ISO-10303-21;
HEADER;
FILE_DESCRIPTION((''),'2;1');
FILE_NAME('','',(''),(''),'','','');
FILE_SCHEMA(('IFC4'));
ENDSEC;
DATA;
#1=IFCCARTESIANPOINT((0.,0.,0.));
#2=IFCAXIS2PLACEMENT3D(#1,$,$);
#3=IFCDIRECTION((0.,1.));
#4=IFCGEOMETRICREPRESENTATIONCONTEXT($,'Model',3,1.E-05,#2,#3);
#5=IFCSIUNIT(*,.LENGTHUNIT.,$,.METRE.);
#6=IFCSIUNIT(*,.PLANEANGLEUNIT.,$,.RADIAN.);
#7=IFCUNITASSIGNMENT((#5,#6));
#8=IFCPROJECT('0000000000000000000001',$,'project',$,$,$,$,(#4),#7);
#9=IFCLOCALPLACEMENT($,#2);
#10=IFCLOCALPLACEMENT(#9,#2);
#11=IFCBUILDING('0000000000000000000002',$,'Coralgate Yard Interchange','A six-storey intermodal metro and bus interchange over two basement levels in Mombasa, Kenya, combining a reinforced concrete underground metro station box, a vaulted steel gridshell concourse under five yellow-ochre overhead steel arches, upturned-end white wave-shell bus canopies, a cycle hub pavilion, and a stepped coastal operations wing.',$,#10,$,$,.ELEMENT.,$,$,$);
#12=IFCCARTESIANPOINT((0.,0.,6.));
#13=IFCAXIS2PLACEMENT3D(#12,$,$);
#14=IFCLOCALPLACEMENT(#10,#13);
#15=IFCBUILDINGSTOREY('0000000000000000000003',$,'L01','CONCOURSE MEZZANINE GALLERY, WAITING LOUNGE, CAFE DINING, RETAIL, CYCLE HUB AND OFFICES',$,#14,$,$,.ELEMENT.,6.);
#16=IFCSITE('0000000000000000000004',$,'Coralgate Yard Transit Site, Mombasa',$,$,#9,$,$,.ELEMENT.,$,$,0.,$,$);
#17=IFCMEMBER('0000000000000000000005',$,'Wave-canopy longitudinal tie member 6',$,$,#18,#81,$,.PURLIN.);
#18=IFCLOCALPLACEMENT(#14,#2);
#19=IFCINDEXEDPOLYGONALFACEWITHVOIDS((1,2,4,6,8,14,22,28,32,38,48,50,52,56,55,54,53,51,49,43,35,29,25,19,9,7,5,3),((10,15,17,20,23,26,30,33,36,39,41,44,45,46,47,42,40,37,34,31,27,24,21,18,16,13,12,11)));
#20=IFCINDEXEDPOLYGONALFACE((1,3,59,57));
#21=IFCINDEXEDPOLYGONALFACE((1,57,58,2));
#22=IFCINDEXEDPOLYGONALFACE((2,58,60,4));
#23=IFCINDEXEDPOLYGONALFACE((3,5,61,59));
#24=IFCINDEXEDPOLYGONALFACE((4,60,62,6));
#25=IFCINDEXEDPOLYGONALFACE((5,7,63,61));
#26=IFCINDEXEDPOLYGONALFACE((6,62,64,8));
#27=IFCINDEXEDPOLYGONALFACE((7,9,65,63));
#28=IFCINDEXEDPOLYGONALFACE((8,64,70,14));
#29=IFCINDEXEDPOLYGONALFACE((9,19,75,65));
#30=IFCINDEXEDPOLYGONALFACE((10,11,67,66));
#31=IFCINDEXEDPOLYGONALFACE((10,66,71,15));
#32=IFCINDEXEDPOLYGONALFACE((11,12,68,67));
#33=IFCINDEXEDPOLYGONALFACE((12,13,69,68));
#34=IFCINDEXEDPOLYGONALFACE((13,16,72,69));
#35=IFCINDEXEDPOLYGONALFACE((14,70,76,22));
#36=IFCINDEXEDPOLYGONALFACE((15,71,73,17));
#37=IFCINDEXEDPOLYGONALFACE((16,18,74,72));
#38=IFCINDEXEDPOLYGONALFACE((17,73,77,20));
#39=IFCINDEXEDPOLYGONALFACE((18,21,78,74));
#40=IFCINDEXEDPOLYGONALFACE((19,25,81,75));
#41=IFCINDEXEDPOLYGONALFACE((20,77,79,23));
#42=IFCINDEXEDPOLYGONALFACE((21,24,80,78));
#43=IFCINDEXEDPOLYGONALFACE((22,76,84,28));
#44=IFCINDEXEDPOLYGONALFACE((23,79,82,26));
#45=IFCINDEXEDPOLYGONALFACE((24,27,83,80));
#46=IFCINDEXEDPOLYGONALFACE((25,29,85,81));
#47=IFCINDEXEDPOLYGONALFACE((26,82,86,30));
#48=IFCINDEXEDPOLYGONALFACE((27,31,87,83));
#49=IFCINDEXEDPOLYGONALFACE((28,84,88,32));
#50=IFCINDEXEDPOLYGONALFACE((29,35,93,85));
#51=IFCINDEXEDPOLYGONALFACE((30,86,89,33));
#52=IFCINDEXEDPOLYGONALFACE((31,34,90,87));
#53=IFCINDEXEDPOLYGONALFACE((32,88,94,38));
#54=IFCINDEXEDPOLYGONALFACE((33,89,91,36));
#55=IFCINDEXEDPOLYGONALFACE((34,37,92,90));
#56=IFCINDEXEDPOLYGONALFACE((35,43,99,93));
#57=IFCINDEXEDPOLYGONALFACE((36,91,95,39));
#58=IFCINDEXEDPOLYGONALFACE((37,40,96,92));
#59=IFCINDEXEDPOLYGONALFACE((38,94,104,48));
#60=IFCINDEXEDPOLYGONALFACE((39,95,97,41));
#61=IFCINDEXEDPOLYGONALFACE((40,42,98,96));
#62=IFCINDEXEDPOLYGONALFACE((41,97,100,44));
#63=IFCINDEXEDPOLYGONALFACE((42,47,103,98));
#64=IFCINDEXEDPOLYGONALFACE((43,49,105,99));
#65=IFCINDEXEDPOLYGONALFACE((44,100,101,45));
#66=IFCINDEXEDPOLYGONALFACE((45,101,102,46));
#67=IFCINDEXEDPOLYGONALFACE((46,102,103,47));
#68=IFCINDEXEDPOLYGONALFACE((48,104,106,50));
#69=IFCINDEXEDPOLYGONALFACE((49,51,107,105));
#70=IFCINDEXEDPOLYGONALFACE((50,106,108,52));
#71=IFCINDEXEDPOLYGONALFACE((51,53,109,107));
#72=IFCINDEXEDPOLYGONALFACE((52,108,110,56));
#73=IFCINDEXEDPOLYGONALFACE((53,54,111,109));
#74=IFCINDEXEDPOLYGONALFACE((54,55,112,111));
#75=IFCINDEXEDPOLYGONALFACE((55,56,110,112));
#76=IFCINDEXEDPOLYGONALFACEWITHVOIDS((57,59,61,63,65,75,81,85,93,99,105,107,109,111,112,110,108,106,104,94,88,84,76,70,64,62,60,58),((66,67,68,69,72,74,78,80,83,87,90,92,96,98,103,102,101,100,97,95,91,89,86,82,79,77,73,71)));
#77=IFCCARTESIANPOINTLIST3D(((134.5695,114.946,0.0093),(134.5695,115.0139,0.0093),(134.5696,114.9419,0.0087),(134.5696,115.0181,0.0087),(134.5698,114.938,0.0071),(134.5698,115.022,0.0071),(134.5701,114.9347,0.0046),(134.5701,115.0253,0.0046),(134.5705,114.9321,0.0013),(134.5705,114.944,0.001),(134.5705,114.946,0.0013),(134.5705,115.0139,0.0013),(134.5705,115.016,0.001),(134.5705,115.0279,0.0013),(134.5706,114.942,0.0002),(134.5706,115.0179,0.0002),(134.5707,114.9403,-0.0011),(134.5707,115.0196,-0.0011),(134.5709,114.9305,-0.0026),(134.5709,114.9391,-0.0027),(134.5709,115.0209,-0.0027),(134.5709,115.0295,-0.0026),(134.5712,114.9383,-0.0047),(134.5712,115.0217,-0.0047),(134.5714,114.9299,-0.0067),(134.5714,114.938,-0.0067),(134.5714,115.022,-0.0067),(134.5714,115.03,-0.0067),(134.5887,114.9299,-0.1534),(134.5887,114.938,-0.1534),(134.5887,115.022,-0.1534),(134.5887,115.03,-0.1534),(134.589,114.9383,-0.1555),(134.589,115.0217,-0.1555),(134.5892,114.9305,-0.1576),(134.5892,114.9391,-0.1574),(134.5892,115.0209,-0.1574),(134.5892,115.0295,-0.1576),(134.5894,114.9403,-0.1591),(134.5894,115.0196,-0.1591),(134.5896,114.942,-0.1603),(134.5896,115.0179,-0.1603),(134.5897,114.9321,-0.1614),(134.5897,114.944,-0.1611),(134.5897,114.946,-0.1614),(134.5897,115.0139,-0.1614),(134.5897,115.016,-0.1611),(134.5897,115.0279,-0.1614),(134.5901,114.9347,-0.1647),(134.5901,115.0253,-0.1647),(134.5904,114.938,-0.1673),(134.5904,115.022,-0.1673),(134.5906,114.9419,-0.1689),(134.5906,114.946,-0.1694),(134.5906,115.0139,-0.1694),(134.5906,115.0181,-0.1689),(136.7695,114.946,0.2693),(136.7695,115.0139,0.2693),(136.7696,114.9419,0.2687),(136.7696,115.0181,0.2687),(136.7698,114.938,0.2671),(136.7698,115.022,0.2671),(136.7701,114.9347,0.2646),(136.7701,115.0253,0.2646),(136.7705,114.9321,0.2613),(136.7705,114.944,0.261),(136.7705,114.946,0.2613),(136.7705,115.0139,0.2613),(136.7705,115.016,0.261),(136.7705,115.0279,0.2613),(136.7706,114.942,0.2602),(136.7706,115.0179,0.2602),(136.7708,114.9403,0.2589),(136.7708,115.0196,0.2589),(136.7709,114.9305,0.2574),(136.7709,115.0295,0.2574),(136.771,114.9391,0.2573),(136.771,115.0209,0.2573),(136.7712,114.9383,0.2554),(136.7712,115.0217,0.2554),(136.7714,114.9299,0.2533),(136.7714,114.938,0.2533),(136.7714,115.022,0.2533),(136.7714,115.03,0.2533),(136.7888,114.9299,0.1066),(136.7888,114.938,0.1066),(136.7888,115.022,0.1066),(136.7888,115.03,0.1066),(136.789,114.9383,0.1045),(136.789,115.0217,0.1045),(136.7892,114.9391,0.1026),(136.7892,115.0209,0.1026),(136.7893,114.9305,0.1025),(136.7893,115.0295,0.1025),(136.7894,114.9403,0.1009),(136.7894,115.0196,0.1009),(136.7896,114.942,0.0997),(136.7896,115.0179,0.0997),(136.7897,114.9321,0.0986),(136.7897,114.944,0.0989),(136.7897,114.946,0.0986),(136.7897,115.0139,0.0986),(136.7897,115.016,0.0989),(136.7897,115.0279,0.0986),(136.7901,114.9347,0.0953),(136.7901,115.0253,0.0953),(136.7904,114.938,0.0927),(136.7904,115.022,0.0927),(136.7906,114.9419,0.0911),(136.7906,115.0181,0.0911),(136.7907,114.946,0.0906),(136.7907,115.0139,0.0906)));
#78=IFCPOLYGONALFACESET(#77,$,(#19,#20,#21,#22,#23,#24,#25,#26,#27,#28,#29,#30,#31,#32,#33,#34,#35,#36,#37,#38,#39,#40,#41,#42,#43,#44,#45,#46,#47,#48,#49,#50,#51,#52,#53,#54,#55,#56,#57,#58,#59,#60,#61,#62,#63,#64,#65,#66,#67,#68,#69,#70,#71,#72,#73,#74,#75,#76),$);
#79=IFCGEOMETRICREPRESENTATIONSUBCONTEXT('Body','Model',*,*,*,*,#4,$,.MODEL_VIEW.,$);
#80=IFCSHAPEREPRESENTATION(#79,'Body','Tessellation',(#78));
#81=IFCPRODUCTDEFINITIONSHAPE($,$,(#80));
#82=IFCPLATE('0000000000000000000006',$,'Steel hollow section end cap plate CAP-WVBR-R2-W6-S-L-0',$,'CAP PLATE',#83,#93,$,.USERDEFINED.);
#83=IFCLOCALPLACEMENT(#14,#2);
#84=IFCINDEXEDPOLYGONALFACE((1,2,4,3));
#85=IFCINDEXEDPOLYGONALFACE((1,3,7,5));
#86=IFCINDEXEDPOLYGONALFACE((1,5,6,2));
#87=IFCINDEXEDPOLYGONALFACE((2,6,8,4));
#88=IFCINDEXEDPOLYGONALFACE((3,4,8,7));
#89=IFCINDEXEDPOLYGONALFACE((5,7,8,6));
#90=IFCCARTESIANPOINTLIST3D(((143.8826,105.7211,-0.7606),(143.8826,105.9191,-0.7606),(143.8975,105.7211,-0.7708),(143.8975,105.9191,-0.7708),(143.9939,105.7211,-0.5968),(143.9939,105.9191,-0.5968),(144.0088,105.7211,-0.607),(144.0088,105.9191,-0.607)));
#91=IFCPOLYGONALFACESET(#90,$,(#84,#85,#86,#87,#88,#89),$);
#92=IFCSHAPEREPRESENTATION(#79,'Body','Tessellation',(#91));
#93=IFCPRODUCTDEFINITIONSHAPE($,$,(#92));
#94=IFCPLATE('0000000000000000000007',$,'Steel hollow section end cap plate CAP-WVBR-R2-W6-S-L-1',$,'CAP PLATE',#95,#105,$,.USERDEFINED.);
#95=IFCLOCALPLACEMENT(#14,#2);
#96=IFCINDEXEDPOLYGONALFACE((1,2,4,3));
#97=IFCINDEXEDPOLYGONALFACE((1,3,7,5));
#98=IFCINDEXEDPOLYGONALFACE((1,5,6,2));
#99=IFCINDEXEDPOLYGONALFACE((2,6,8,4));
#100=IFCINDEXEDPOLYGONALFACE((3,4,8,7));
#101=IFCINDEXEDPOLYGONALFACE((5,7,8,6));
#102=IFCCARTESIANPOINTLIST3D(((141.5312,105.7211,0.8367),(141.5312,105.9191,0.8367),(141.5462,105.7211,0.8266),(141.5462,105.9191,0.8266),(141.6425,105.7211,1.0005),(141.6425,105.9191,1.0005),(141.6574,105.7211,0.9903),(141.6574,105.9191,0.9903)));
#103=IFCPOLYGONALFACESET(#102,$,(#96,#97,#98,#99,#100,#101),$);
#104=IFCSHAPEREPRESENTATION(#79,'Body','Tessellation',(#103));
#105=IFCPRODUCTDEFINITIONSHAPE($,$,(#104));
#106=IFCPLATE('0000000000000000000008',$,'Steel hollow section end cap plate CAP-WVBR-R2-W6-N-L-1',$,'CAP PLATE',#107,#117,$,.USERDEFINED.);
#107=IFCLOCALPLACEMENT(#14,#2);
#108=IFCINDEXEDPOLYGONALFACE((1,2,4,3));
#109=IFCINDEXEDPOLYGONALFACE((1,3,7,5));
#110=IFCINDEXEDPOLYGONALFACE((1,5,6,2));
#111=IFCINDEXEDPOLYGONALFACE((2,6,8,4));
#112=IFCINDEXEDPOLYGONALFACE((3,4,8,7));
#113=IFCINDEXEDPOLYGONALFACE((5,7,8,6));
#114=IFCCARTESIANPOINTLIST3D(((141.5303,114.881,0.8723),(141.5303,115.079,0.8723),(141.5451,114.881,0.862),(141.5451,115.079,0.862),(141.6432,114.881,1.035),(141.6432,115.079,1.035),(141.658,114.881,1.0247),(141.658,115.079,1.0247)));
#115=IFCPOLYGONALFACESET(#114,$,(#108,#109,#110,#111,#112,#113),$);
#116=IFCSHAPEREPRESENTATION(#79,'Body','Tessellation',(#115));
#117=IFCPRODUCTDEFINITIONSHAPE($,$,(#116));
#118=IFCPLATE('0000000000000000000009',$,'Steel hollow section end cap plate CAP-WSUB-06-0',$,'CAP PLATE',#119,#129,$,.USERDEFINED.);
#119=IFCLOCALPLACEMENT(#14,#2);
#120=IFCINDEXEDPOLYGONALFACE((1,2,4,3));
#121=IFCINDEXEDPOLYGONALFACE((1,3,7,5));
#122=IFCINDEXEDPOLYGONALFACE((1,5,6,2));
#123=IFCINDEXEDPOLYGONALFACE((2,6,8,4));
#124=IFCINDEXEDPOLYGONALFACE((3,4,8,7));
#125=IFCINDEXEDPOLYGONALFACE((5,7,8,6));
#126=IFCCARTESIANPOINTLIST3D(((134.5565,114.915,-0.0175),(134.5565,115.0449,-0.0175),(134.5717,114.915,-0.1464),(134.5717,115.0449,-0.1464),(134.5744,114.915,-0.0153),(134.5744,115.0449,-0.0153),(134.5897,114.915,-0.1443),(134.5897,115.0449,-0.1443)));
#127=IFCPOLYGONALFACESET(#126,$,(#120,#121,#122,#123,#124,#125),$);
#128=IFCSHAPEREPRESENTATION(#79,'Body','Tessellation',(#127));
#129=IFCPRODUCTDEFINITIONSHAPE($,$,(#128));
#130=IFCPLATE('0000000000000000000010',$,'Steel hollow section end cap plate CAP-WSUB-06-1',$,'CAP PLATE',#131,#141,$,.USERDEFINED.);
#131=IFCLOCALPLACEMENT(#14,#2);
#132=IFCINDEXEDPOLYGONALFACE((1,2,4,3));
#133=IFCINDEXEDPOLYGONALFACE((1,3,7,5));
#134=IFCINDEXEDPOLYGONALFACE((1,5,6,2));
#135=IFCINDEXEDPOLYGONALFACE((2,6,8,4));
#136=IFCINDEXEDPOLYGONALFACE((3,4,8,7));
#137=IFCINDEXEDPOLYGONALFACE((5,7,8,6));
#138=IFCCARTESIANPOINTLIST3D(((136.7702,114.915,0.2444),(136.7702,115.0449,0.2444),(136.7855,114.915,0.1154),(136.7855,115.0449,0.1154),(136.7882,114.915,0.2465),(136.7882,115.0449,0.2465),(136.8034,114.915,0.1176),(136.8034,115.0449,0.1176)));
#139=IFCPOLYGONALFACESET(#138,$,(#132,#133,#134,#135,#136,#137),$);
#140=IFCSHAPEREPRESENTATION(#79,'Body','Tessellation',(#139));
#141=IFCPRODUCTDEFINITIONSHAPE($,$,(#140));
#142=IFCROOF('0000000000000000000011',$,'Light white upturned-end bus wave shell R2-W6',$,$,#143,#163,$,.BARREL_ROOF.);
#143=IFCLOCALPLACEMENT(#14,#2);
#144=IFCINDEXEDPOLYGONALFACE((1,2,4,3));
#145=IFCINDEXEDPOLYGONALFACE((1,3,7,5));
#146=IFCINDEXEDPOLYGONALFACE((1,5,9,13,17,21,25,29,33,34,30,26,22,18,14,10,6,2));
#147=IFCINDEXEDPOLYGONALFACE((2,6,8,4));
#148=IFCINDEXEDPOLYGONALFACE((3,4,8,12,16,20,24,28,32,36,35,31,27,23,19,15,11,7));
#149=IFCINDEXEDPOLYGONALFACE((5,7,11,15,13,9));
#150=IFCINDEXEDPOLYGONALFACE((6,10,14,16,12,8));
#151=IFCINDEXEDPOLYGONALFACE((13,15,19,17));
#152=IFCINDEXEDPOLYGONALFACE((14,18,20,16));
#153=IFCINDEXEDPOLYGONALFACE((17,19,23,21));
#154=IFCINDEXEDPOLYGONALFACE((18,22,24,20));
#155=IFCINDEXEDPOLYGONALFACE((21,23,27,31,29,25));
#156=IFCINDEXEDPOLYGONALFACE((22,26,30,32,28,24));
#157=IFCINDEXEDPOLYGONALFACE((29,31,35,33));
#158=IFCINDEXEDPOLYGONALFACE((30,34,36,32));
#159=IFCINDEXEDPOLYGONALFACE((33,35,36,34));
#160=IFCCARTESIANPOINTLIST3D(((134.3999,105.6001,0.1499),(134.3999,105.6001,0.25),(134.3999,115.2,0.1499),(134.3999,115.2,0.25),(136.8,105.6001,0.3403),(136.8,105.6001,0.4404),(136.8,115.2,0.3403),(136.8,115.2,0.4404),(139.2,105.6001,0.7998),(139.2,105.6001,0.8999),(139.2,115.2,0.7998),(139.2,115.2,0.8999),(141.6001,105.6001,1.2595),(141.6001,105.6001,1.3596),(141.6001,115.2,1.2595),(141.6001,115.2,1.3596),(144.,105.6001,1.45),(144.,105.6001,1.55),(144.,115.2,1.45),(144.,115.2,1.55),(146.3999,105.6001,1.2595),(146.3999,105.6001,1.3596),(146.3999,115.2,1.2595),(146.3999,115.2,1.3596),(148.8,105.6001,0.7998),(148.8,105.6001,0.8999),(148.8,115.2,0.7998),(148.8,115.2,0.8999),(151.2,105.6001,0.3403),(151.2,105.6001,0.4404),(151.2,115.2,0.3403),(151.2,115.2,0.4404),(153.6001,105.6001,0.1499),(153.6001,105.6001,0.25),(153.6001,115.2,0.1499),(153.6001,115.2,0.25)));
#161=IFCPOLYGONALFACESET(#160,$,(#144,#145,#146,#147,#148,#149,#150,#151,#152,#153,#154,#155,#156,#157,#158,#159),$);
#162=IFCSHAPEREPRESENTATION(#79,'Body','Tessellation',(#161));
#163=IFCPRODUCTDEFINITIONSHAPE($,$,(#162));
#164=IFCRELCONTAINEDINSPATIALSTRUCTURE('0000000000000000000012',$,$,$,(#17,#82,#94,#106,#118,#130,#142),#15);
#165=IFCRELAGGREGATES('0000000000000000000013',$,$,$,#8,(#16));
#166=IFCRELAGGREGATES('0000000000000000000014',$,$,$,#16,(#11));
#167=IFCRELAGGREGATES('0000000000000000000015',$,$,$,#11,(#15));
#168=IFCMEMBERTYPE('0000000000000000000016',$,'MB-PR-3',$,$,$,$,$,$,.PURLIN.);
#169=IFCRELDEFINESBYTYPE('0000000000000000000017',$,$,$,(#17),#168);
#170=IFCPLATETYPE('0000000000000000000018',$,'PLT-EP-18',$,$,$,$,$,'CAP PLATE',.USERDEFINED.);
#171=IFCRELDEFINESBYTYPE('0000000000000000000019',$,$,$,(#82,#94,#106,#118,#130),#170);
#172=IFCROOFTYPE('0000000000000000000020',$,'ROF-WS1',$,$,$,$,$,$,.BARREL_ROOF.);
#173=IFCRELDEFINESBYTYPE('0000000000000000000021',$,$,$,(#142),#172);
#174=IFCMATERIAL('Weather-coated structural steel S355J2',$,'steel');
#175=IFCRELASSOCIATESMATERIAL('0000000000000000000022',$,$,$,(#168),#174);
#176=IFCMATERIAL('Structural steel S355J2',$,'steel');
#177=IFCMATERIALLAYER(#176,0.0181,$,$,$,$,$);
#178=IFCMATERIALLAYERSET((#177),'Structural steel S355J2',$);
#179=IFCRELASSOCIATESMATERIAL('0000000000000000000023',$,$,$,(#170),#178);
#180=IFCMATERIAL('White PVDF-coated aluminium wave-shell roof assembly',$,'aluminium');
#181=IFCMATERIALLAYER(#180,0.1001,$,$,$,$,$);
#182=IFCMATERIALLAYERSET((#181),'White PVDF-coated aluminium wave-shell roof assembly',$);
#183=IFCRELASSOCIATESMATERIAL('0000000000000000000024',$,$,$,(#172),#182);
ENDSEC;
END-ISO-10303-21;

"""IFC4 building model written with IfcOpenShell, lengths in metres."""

from ifc_helpers import new_model, si_unit, direction, frame, origin, origin_2d, place, context, subcontext, project, spatial, polyline, rectangle, hollow_rectangle, outline, extrude, material, layer, layer_set, material_profile, profile_set, type_object, element, save


model = new_model("IFC4")

# Units and contexts
model_context = context("Model", 3, precision=1e-05, world=origin(), true_north=direction((0.0, 1.0)))
body_context = subcontext(model_context, "Body", "Model", "MODEL_VIEW")
ifc_project = project(units=[si_unit("LENGTHUNIT", "METRE"), si_unit("PLANEANGLEUNIT", "RADIAN")], contexts=[model_context])

# Site, building, storey
site_placement = place(None, origin())
site = spatial("IfcSite", under=ifc_project, at=site_placement, Name="Coralgate Yard Transit Site, Mombasa", CompositionType="ELEMENT", RefElevation=0.0)
building_placement = place(site_placement, origin())
building = spatial("IfcBuilding", under=site, at=building_placement, Name="Coralgate Yard Interchange", Description="A six-storey intermodal metro and bus interchange over two basement levels in Mombasa, Kenya, combining a reinforced concrete underground metro station box, a vaulted steel gridshell concourse under five yellow-ochre overhead steel arches, upturned-end white wave-shell bus canopies, a cycle hub pavilion, and a stepped coastal operations wing.", CompositionType="ELEMENT")
storey_placement = place(building_placement, frame((0.0, 0.0, 6.0)))
storey = spatial("IfcBuildingStorey", under=building, at=storey_placement, Name="L01", Description="CONCOURSE MEZZANINE GALLERY, WAITING LOUNGE, CAFE DINING, RETAIL, CYCLE HUB AND OFFICES", CompositionType="ELEMENT", Elevation=6.0)

# Member
ifc_material_1 = material(Name="Weather-coated structural steel S355J2", Category="steel")
ifc_material_profile_1 = material_profile(ifc_material_1, hollow_rectangle(XDim=0.1001, YDim=0.1799, WallThickness=0.0081, InnerFilletRadius=0.0081, OuterFilletRadius=0.0161, at=origin_2d()), Name="RHS 180x100x8")
ifc_profile_set_1 = profile_set([ifc_material_profile_1], Name="Weather-coated structural steel S355J2")
member_type_1 = type_object("IfcMemberType", Name="MB-PR-3", PredefinedType="PURLIN", material=ifc_profile_set_1)
member_placement = place(storey_placement, frame((134.5801, 114.98, -0.0801), z_axis=(0.993088, 0.0, 0.117372), x_axis=(0.0, 1.0, 0.0)))
element("IfcMember", 1, at=member_placement, inside=storey, type_object=member_type_1, Name="Wave-canopy longitudinal tie member 6", PredefinedType="PURLIN", context=body_context, shape_type="SweptSolid", body=[
    extrude(hollow_rectangle(XDim=0.1001, YDim=0.1799, WallThickness=0.0081, InnerFilletRadius=0.0081, OuterFilletRadius=0.0161, at=origin_2d()), origin(), (0.0, 0.0, 1.0), 2.2153),
])

# Plates
ifc_material_2 = material(Name="Structural steel S355J2", Category="steel")
ifc_layer_1 = layer(ifc_material_2, 0.0181)
ifc_layer_set_1 = layer_set([ifc_layer_1], Name="Structural steel S355J2")
plate_type = type_object("IfcPlateType", Name="PLT-EP-18", ElementType="CAP PLATE", PredefinedType="USERDEFINED", material=ifc_layer_set_1)
for number, where, z_axis, x_axis, name in (
    (2, (143.9382, 105.8201, -0.6787), (0.827189, 0.0, -0.561923), (0.0, 1.0, 0.0), "Steel hollow section end cap plate CAP-WVBR-R2-W6-S-L-0"),
    (3, (141.6018, 105.8201, 0.9084), (-0.827189, 0.0, 0.561923), (0.0, -1.0, 0.0), "Steel hollow section end cap plate CAP-WVBR-R2-W6-S-L-1"),
    (4, (141.6016, 114.98, 0.9434), (-0.821436, 0.0, 0.570301), (0.0, -1.0, 0.0), "Steel hollow section end cap plate CAP-WVBR-R2-W6-N-L-1"),
):
    element("IfcPlate", number, at=place(storey_placement, frame(where, z_axis=z_axis, x_axis=x_axis)), inside=storey, type_object=plate_type, Name=name, ObjectType="CAP PLATE", PredefinedType="USERDEFINED", context=body_context, shape_type="SweptSolid", body=[
        extrude(rectangle(XDim=0.198, YDim=0.198, at=origin_2d()), origin(), (0.0, 0.0, 1.0), 0.0181),
    ])
for number, where, z_axis, x_axis, name in (
    (5, (134.582, 114.98, -0.0798), (-0.993089, 0.0, -0.117365), (0.0, -1.0, 0.0), "Steel hollow section end cap plate CAP-WSUB-06-0"),
    (6, (136.7778, 114.98, 0.1799), (0.993089, 0.0, 0.117365), (0.0, 1.0, 0.0), "Steel hollow section end cap plate CAP-WSUB-06-1"),
):
    element("IfcPlate", number, at=place(storey_placement, frame(where, z_axis=z_axis, x_axis=x_axis)), inside=storey, type_object=plate_type, Name=name, ObjectType="CAP PLATE", PredefinedType="USERDEFINED", context=body_context, shape_type="SweptSolid", body=[
        extrude(rectangle(XDim=0.1299, YDim=0.1299, at=origin_2d()), origin(), (0.0, 0.0, 1.0), 0.0181),
    ])

# Roof
ifc_material_3 = material(Name="White PVDF-coated aluminium wave-shell roof assembly", Category="aluminium")
ifc_layer_2 = layer(ifc_material_3, 0.1001)
ifc_layer_set_2 = layer_set([ifc_layer_2], Name="White PVDF-coated aluminium wave-shell roof assembly")
roof_type = type_object("IfcRoofType", Name="ROF-WS1", PredefinedType="BARREL_ROOF", material=ifc_layer_set_2)
roof_placement = place(storey_placement, frame((134.3999, 105.6001, 0.25), z_axis=(0.0, 1.0, 0.0), x_axis=(-1.0, 0.0, 0.0)))
element("IfcRoof", 7, at=roof_placement, inside=storey, type_object=roof_type, Name="Light white upturned-end bus wave shell R2-W6", PredefinedType="BARREL_ROOF", context=body_context, shape_type="SweptSolid", body=[
    extrude(outline(polyline([(0.0, 0.0), (-2.4001, 0.1904), (-4.8, 0.6499), (-7.2002, 1.1096), (-9.6001, 1.3), (-12.0, 1.1096), (-14.4001, 0.6499), (-16.8, 0.1904), (-19.2002, 0.0), (-19.2002, -0.1001), (-16.8, 0.0903), (-14.4001, 0.5498), (-12.0, 1.0095), (-9.6001, 1.2), (-7.2002, 1.0095), (-4.8, 0.5498), (-2.4001, 0.0903), (0.0, -0.1001), (0.0, 0.0)])), origin(), (0.0, 0.0, 1.0), 9.5999),
])

save(model, "model.ifc")
